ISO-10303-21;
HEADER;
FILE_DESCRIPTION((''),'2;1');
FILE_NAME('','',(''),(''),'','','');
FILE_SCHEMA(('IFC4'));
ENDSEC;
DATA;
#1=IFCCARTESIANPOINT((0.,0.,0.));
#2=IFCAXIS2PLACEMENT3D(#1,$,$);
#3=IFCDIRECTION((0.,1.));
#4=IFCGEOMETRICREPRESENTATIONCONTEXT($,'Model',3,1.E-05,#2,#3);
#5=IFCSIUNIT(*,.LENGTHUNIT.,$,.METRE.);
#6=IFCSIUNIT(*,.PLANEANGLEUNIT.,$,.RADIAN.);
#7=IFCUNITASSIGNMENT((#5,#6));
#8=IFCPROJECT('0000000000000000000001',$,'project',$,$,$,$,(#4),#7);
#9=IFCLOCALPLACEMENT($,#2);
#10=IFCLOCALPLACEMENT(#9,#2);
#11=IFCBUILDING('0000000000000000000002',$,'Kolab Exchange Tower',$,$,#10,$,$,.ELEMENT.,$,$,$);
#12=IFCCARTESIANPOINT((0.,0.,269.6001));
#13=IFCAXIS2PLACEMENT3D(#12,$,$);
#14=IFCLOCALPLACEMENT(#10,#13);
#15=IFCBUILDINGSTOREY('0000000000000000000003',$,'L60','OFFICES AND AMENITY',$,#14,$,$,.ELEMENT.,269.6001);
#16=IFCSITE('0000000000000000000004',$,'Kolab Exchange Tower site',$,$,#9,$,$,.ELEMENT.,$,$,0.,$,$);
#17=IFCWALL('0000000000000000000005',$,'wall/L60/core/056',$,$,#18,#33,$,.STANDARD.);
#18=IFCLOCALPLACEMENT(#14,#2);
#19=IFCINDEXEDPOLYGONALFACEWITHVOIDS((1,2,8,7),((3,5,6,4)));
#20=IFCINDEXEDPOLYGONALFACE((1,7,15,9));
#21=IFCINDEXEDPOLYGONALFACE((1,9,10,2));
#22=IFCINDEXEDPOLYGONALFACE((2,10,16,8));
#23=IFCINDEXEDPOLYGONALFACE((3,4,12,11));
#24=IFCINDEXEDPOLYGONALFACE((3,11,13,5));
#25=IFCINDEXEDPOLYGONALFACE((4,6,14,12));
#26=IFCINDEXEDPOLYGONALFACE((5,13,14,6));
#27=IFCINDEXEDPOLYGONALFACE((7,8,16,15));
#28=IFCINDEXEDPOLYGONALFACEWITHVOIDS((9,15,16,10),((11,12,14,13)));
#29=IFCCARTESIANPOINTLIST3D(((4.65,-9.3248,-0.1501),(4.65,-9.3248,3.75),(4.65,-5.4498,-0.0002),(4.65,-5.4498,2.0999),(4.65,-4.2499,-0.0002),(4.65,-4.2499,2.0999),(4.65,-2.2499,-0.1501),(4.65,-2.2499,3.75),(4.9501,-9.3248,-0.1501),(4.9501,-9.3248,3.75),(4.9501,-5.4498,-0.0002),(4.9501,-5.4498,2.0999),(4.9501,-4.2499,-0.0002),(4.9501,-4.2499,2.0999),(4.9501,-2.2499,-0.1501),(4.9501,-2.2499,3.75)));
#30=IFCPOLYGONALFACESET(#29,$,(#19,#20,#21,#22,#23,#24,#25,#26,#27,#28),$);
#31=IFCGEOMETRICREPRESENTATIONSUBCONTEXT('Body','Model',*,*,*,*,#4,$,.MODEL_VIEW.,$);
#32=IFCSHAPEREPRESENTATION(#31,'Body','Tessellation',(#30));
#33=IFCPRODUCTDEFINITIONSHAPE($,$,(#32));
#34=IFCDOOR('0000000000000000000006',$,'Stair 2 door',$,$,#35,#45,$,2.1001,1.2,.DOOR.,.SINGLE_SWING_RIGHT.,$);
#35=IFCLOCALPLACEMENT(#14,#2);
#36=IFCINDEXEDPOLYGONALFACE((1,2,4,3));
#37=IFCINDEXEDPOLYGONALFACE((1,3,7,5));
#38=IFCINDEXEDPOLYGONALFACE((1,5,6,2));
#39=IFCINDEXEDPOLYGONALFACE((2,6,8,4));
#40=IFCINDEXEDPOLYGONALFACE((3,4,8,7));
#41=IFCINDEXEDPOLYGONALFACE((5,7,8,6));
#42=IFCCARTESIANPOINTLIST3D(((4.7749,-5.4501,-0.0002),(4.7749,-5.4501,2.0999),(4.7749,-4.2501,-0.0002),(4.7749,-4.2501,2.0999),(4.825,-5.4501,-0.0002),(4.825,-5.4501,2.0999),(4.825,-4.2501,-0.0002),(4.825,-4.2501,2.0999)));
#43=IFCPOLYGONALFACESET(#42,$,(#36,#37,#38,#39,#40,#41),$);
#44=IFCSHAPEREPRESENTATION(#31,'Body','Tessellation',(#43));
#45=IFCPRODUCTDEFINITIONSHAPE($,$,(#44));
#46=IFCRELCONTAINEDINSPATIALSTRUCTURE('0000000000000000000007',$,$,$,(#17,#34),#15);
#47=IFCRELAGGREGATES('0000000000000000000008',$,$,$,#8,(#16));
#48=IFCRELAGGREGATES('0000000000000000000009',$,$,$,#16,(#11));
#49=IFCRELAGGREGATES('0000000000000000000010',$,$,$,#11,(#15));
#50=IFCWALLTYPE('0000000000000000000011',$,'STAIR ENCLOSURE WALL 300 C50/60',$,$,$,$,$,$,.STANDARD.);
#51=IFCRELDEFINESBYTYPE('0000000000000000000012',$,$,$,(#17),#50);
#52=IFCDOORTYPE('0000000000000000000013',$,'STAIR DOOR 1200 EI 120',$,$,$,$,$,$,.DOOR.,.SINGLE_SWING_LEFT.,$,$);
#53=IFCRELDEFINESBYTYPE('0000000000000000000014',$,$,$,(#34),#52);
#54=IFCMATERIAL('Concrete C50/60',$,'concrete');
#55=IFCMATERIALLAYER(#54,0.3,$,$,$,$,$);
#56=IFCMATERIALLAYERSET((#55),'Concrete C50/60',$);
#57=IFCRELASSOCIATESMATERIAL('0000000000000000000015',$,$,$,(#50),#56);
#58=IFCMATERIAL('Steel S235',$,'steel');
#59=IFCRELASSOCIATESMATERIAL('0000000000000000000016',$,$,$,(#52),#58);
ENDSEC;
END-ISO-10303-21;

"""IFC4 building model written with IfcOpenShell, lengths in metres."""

from ifc_helpers import new_model, si_unit, direction, frame, frame_2d, origin, place, context, subcontext, project, spatial, rectangle, extrude, material, layer, layer_set, type_object, element, fill, save


model = new_model("IFC4")

# Units and contexts
model_context = context("Model", 3, precision=1e-05, world=origin(), true_north=direction((0.0, 1.0)))
body_context = subcontext(model_context, "Body", "Model", "MODEL_VIEW")
ifc_project = project(units=[si_unit("LENGTHUNIT", "METRE"), si_unit("PLANEANGLEUNIT", "RADIAN")], contexts=[model_context])

# Site, building, storey
site_placement = place(None, origin())
site = spatial("IfcSite", under=ifc_project, at=site_placement, Name="Kolab Exchange Tower site", CompositionType="ELEMENT", RefElevation=0.0)
building_placement = place(site_placement, origin())
building = spatial("IfcBuilding", under=site, at=building_placement, Name="Kolab Exchange Tower", CompositionType="ELEMENT")
storey_placement = place(building_placement, frame((0.0, 0.0, 269.6001)))
storey = spatial("IfcBuildingStorey", under=building, at=storey_placement, Name="L60", Description="OFFICES AND AMENITY", CompositionType="ELEMENT", Elevation=269.6001)

# Shared definitions
ifc_material_1 = material(Name="Concrete C50/60", Category="concrete")

# Shared definitions
ifc_layer_1 = layer(ifc_material_1, 0.3)
ifc_layer_set_1 = layer_set([ifc_layer_1], Name="Concrete C50/60")
wall_type_1 = type_object("IfcWallType", Name="STAIR ENCLOSURE WALL 300 C50/60", PredefinedType="STANDARD", material=ifc_layer_set_1)

# Wall, opening, door
wall_1_placement = place(storey_placement, frame((4.8, -9.325, -0.1501), z_axis=(0.0, 0.0, 1.0), x_axis=(0.0, 1.0, 0.0)))
wall_1 = element("IfcWall", 1, at=wall_1_placement, inside=storey, type_object=wall_type_1, Name="wall/L60/core/056", PredefinedType="STANDARD", context=body_context, shape_type="SweptSolid", body=[
    extrude(rectangle(XDim=7.075, YDim=0.3, at=frame_2d((3.5376, 0.0))), origin(), (0.0, 0.0, 1.0), 3.9001),
])
opening_1_placement = place(wall_1_placement, frame((3.875, 0.0, 0.1499)))
opening_1 = element("IfcOpeningElement", 2, at=opening_1_placement, cuts=wall_1, PredefinedType="OPENING", context=body_context, shape_type="SweptSolid", body=[
    extrude(rectangle(XDim=1.2, YDim=2.1001, at=frame_2d((0.6001, 1.05))), frame((0.0, 0.1602, 0.0), z_axis=(0.0, -1.0, 0.0), x_axis=(1.0, 0.0, 0.0)), (0.0, 0.0, 1.0), 0.3201),
])
ifc_material_2 = material(Name="Steel S235", Category="steel")
door_type_1 = type_object("IfcDoorType", Name="STAIR DOOR 1200 EI 120", OperationType="SINGLE_SWING_LEFT", PredefinedType="DOOR", material=ifc_material_2)
door_1_placement = place(opening_1_placement, frame((1.2, 0.0, 0.0), z_axis=(0.0, 0.0, 1.0), x_axis=(-1.0, 0.0, 0.0)))
door_1 = element("IfcDoor", 3, at=door_1_placement, inside=storey, type_object=door_type_1, Name="Stair 2 door", OperationType="SINGLE_SWING_RIGHT", OverallHeight=2.1001, OverallWidth=1.2, PredefinedType="DOOR", context=body_context, shape_type="SweptSolid", body=[
    extrude(rectangle(XDim=1.2, YDim=2.1001, at=frame_2d((0.6001, 1.05))), frame((0.0, 0.0249, 0.0), z_axis=(0.0, -1.0, 0.0), x_axis=(1.0, 0.0, 0.0)), (0.0, 0.0, 1.0), 0.05),
])
fill(opening_1, door_1)

save(model, "model.ifc")
